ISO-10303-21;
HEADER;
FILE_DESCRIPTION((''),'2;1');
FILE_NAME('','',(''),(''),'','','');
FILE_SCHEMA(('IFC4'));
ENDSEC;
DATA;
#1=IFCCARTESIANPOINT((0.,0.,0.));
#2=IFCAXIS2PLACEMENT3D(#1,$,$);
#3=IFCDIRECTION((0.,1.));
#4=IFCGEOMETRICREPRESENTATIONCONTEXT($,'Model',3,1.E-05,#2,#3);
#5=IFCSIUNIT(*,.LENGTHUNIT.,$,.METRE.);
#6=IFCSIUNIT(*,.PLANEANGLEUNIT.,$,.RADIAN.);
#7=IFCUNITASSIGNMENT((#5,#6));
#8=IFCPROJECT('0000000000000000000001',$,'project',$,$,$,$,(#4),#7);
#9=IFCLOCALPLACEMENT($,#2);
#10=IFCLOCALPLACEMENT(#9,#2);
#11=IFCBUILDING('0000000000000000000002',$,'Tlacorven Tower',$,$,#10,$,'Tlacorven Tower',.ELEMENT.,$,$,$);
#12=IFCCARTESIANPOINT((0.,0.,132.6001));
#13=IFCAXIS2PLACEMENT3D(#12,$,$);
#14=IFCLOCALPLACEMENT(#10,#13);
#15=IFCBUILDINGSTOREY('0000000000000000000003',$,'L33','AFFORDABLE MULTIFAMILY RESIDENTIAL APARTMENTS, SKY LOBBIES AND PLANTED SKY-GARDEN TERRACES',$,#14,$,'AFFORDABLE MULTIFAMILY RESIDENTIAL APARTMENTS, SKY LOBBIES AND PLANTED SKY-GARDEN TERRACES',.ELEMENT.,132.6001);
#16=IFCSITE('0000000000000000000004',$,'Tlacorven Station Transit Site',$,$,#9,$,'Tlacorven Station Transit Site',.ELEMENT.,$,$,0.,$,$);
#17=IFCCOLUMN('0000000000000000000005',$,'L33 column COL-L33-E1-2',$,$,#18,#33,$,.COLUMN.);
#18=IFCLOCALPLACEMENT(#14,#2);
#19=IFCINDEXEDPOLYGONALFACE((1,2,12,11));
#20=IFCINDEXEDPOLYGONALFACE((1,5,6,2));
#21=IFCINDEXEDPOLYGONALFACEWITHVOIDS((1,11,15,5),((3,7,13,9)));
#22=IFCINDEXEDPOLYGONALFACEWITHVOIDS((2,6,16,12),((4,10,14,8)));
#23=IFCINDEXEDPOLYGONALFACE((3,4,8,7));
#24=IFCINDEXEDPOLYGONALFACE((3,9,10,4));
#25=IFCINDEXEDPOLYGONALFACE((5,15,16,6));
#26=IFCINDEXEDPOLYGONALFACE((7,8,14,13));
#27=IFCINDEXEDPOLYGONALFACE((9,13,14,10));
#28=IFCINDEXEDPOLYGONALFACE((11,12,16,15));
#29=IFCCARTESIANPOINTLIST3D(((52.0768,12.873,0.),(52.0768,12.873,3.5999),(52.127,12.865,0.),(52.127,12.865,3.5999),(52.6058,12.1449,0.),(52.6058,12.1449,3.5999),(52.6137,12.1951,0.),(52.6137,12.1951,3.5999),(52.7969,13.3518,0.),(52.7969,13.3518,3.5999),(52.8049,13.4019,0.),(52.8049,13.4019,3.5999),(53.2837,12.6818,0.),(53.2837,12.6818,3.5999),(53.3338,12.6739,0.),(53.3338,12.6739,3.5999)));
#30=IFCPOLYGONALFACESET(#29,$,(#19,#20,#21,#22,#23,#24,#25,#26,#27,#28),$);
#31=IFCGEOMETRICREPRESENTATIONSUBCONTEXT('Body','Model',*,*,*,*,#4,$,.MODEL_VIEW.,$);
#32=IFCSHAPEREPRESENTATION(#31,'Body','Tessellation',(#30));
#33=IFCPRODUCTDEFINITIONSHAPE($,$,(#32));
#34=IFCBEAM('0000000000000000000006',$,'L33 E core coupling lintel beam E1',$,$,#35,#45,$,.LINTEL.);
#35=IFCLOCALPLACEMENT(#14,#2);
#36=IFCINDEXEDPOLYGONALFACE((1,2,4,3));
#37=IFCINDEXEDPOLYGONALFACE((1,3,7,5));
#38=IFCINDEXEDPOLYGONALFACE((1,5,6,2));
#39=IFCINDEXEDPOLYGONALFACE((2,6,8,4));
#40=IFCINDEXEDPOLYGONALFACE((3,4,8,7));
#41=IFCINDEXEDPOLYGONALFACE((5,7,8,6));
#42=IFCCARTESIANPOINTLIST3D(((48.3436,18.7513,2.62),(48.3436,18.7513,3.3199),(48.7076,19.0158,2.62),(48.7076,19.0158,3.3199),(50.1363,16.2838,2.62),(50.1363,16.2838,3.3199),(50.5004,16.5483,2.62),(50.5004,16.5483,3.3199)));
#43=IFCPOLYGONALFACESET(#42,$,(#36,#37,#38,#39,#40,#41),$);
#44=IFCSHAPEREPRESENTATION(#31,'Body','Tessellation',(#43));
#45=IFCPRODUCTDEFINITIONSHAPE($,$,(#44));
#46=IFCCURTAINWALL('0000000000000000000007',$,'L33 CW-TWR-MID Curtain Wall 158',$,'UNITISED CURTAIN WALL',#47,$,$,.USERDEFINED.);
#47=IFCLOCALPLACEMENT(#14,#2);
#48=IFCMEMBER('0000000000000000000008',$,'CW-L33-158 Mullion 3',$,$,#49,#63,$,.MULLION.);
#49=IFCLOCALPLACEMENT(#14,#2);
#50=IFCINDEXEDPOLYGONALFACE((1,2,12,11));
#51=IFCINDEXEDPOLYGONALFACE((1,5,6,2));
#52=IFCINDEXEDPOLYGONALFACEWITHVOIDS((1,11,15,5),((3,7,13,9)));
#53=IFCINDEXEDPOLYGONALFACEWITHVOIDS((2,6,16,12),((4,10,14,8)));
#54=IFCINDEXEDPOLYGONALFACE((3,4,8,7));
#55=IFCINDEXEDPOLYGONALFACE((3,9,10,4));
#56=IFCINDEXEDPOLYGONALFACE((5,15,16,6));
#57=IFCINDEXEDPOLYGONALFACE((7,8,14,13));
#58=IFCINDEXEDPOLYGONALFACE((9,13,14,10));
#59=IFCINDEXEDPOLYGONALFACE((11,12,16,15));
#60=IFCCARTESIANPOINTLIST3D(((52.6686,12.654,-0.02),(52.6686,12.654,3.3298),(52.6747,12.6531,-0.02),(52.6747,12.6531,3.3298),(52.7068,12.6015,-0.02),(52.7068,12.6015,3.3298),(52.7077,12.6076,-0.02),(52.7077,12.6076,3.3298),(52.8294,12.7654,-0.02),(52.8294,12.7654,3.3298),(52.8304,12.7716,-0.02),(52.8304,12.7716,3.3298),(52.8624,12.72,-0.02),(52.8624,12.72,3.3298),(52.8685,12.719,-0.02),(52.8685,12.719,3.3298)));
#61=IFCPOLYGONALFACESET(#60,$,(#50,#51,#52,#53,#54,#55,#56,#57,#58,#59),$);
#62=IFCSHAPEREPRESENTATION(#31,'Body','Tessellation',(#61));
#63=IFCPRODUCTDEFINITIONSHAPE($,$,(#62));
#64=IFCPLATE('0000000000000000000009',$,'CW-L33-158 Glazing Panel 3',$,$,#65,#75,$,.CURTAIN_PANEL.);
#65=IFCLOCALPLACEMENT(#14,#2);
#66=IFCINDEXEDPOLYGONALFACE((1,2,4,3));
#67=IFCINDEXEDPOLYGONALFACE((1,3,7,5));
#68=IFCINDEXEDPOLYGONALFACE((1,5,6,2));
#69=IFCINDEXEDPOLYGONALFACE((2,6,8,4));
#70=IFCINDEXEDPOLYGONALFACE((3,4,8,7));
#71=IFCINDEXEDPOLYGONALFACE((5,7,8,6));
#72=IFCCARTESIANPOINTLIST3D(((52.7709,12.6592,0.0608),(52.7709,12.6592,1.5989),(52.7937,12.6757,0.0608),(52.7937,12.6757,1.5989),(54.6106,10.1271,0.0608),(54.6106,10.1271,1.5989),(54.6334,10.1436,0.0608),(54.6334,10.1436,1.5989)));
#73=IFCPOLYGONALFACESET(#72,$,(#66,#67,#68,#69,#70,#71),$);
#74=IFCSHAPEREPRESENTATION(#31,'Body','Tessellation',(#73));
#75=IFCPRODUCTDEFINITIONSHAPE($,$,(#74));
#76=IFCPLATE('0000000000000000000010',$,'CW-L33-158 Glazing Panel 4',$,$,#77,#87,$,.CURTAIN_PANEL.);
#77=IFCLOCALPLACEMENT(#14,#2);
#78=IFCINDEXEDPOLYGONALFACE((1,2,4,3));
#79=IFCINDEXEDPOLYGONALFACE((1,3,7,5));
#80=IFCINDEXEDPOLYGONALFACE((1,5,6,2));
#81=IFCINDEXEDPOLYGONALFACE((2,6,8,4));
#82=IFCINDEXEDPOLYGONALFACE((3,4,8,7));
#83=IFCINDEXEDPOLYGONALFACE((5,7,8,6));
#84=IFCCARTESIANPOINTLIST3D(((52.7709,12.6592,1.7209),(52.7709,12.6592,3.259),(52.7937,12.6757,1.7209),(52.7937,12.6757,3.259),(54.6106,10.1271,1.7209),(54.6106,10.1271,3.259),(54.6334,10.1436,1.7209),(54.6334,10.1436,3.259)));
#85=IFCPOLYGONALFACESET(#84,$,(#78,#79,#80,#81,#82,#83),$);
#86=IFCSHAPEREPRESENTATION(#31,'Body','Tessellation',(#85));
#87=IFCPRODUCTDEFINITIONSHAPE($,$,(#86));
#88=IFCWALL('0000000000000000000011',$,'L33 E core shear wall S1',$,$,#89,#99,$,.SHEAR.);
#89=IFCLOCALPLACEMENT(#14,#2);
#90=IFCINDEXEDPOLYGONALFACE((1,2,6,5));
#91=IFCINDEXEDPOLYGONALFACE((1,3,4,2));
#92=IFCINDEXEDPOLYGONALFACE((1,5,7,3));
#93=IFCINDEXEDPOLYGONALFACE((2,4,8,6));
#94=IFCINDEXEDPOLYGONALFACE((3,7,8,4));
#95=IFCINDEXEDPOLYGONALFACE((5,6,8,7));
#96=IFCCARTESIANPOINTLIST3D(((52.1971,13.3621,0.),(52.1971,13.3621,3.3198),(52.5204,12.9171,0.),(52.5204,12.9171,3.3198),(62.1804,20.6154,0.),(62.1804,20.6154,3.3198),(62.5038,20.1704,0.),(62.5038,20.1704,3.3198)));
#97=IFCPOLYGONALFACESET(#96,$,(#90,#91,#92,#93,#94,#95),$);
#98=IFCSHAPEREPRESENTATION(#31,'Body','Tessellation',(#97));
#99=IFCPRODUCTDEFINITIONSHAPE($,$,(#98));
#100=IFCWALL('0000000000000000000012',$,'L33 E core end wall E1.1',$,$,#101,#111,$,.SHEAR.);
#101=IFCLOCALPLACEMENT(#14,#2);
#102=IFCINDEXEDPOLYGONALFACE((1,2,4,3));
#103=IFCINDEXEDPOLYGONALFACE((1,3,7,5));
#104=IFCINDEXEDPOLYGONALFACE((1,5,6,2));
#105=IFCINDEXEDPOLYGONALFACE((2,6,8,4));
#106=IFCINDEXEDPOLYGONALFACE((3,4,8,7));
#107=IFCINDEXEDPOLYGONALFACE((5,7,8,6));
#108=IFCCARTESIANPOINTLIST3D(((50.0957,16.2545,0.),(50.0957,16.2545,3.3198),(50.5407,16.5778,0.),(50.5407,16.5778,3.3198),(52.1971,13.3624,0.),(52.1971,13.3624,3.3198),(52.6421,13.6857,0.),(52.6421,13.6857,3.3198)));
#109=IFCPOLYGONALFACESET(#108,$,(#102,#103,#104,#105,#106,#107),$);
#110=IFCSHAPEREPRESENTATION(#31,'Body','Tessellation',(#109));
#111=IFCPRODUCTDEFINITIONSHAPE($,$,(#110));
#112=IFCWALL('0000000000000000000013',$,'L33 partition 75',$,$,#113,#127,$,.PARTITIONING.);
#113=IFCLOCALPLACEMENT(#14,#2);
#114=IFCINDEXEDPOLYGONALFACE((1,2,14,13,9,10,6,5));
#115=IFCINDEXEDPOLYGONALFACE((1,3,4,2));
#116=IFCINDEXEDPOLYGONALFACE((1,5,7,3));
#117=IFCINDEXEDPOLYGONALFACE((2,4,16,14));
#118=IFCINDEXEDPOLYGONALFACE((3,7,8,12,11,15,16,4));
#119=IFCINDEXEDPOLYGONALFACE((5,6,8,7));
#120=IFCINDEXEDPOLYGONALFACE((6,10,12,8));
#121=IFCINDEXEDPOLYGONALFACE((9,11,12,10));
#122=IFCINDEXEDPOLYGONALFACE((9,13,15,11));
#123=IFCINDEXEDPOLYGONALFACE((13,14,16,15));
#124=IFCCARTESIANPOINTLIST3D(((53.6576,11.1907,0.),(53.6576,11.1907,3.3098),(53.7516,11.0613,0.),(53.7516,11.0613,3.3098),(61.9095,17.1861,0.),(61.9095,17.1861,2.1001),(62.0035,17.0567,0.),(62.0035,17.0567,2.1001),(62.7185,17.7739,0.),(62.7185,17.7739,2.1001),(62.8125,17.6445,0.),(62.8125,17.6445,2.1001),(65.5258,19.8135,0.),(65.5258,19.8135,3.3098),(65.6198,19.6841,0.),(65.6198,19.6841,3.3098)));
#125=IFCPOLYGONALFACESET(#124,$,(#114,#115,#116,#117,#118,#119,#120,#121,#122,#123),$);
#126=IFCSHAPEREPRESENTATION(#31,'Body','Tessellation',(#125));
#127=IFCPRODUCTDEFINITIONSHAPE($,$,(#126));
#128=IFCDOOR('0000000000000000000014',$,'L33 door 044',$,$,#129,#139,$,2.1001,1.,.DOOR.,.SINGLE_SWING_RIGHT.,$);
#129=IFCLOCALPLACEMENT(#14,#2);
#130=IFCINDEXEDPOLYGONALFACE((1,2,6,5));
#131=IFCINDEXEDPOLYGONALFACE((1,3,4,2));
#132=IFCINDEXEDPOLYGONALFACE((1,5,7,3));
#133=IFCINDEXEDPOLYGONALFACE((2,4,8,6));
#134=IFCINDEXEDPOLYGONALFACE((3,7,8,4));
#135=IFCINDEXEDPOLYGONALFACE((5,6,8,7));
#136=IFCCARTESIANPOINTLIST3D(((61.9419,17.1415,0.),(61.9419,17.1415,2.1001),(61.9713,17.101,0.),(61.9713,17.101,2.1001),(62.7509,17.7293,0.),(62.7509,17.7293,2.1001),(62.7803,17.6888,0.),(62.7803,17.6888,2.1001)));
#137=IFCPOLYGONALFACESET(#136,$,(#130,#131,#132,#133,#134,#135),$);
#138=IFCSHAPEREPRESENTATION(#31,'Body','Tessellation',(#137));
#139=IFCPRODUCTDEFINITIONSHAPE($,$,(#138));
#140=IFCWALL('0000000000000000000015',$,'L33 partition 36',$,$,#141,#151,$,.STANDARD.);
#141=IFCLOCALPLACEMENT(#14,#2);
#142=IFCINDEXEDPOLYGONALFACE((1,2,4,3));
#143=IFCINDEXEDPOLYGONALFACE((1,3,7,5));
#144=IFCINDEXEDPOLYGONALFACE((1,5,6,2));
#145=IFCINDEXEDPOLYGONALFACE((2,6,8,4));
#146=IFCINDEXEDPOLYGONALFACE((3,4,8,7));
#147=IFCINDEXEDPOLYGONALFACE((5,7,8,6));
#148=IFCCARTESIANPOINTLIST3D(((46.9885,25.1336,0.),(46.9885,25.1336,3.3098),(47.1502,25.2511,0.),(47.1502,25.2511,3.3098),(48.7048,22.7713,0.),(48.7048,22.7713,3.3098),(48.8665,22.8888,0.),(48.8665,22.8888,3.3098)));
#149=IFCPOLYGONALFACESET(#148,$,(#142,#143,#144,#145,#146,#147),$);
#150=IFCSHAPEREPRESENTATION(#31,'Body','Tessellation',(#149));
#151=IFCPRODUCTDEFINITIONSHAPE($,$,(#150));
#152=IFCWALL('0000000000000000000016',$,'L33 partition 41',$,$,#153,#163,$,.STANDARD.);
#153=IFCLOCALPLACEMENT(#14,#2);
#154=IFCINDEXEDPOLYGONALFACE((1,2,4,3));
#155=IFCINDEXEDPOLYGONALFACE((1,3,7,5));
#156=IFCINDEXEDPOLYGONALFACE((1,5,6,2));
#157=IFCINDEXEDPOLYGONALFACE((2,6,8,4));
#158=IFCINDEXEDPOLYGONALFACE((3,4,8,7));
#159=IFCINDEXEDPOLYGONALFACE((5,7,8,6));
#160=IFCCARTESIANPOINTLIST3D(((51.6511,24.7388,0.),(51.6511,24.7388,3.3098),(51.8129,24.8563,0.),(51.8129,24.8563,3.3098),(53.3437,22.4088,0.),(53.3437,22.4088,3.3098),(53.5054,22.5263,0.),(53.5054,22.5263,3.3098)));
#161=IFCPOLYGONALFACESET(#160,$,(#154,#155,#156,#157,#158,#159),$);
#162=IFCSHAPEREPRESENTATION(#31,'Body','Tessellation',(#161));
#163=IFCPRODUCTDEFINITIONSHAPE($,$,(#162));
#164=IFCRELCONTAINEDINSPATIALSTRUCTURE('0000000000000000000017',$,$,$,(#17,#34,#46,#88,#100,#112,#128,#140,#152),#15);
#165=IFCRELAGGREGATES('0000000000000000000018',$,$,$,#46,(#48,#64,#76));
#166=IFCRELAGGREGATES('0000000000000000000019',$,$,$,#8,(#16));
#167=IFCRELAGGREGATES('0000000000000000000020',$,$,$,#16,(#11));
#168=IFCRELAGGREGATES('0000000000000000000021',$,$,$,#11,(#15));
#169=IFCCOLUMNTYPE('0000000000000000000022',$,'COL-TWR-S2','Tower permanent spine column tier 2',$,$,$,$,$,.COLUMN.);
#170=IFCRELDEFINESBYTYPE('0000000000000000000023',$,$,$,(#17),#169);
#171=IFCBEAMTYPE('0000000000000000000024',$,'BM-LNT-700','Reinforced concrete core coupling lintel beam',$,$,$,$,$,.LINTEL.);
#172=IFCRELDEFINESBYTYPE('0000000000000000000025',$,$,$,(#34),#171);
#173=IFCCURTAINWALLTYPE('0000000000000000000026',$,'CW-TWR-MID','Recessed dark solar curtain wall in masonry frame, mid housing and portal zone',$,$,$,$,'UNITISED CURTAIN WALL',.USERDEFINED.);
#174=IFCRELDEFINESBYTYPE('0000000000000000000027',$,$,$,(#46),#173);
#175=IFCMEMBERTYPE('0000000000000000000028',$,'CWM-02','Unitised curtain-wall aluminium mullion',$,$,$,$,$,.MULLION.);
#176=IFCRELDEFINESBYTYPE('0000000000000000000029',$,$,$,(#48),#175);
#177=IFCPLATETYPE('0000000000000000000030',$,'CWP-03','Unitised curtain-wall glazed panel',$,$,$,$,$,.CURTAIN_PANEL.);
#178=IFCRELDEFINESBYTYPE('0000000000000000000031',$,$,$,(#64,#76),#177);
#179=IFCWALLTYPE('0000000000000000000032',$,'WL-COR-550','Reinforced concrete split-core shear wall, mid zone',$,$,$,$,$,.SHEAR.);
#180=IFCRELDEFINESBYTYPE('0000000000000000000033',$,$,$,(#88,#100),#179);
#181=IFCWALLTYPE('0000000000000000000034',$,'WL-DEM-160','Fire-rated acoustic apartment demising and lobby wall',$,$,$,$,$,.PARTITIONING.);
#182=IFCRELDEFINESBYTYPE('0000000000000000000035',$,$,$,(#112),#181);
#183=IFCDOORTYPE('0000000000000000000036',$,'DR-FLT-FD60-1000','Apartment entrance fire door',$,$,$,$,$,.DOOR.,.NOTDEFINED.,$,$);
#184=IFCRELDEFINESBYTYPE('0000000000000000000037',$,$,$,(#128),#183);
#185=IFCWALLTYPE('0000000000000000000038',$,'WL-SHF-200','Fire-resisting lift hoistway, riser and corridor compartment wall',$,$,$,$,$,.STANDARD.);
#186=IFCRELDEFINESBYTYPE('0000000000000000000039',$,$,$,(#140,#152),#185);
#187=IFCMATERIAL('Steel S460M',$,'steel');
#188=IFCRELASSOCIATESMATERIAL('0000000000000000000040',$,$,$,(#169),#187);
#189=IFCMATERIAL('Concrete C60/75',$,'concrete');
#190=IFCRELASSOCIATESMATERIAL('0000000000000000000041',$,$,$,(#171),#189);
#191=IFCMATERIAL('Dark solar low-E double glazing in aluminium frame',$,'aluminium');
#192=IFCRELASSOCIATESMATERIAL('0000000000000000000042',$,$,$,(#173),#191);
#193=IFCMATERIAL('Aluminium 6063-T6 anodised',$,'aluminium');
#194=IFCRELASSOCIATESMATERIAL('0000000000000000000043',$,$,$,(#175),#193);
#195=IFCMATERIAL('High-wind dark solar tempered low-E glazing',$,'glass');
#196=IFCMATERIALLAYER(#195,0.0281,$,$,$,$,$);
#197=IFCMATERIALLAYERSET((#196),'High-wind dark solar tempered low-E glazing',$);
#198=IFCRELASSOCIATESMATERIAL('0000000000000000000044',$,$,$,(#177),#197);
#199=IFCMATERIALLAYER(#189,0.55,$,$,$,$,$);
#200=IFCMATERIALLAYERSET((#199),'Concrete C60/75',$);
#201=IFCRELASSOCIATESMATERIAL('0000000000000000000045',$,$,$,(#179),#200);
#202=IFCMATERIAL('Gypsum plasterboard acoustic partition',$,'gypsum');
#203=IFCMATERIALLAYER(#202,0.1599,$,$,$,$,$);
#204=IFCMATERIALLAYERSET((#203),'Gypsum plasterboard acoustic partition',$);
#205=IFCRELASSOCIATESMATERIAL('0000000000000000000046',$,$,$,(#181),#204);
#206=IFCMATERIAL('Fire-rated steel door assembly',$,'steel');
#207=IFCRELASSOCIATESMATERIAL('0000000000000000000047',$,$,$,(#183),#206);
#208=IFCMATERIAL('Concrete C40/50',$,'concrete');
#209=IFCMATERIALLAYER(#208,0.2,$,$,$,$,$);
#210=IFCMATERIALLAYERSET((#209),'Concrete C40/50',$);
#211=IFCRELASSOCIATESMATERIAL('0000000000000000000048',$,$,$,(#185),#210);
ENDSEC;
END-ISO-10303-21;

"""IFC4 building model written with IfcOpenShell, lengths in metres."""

from ifc_helpers import new_model, si_unit, direction, frame, frame_2d, origin, origin_2d, place, context, subcontext, project, spatial, rectangle, hollow_rectangle, extrude, source, transform, mapped, material, layer, layer_set, material_profile, profile_set, type_object, element, fill, aggregate, save


model = new_model("IFC4")

# Units and contexts
model_context = context("Model", 3, precision=1e-05, world=origin(), true_north=direction((0.0, 1.0)))
body_context = subcontext(model_context, "Body", "Model", "MODEL_VIEW")
ifc_project = project(units=[si_unit("LENGTHUNIT", "METRE"), si_unit("PLANEANGLEUNIT", "RADIAN")], contexts=[model_context])

# Site, building, storey
site_placement = place(None, origin())
site = spatial("IfcSite", under=ifc_project, at=site_placement, Name="Tlacorven Station Transit Site", LongName="Tlacorven Station Transit Site", CompositionType="ELEMENT", RefElevation=0.0)
building_placement = place(site_placement, origin())
building = spatial("IfcBuilding", under=site, at=building_placement, Name="Tlacorven Tower", LongName="Tlacorven Tower", CompositionType="ELEMENT")
storey_placement = place(building_placement, frame((0.0, 0.0, 132.6001)))
storey = spatial("IfcBuildingStorey", under=building, at=storey_placement, Name="L33", Description="AFFORDABLE MULTIFAMILY RESIDENTIAL APARTMENTS, SKY LOBBIES AND PLANTED SKY-GARDEN TERRACES", LongName="AFFORDABLE MULTIFAMILY RESIDENTIAL APARTMENTS, SKY LOBBIES AND PLANTED SKY-GARDEN TERRACES", CompositionType="ELEMENT", Elevation=132.6001)

# Column
ifc_material_1 = material(Name="Steel S460M", Category="steel")
ifc_material_profile_1 = material_profile(ifc_material_1, hollow_rectangle(XDim=0.8999, YDim=0.8999, WallThickness=0.0359, at=origin_2d()), Name="BOX 900X900X36")
ifc_profile_set_1 = profile_set([ifc_material_profile_1], Name="Steel S460M")
column_type = type_object("IfcColumnType", Name="COL-TWR-S2", Description="Tower permanent spine column tier 2", PredefinedType="COLUMN", material=ifc_profile_set_1)
shared_shape_1 = source(origin(), body_context, "Body", "SweptSolid", [
    extrude(hollow_rectangle(XDim=0.8999, YDim=0.8999, WallThickness=0.0359, at=origin_2d()), origin(), (0.0, 0.0, 1.0), 3.5999),
])
column_placement = place(storey_placement, frame((52.7053, 12.7734, 0.0), z_axis=(0.0, 0.0, 1.0), x_axis=(0.809017, 0.587785, 0.0)))
element("IfcColumn", 1, at=column_placement, inside=storey, type_object=column_type, Name="L33 column COL-L33-E1-2", PredefinedType="COLUMN", context=body_context, shape_type="MappedRepresentation", body=[
    mapped(shared_shape_1, transform((0.0, 0.0, 0.0), scale=1.0)),
])

# Beam
ifc_material_2 = material(Name="Concrete C60/75", Category="concrete")
ifc_material_profile_2 = material_profile(ifc_material_2, rectangle(XDim=0.45, YDim=0.7, at=origin_2d()), Name="RC 450X700")
ifc_profile_set_2 = profile_set([ifc_material_profile_2], Name="Concrete C60/75")
beam_type = type_object("IfcBeamType", Name="BM-LNT-700", Description="Reinforced concrete core coupling lintel beam", PredefinedType="LINTEL", material=ifc_profile_set_2)
shared_shape_2 = source(origin(), body_context, "Body", "SweptSolid", [
    extrude(rectangle(XDim=0.45, YDim=0.7, at=origin_2d()), origin(), (0.0, 0.0, 1.0), 3.05),
])
beam_placement = place(storey_placement, frame((50.3184, 16.416, 2.97), z_axis=(-0.587777, 0.809023, 0.0), x_axis=(-0.809023, -0.587777, 0.0)))
element("IfcBeam", 2, at=beam_placement, inside=storey, type_object=beam_type, Name="L33 E core coupling lintel beam E1", PredefinedType="LINTEL", context=body_context, shape_type="MappedRepresentation", body=[
    mapped(shared_shape_2, transform((0.0, 0.0, 0.0), scale=1.0)),
])

# Curtain wall, member, plates
ifc_material_3 = material(Name="Dark solar low-E double glazing in aluminium frame", Category="aluminium")
curtain_wall_type = type_object("IfcCurtainWallType", Name="CW-TWR-MID", Description="Recessed dark solar curtain wall in masonry frame, mid housing and portal zone", ElementType="UNITISED CURTAIN WALL", PredefinedType="USERDEFINED", material=ifc_material_3)
curtain_wall_placement = place(storey_placement, origin())
curtain_wall = element("IfcCurtainWall", 3, at=curtain_wall_placement, inside=storey, type_object=curtain_wall_type, Name="L33 CW-TWR-MID Curtain Wall 158", ObjectType="UNITISED CURTAIN WALL", PredefinedType="USERDEFINED")
ifc_material_4 = material(Name="Aluminium 6063-T6 anodised", Category="aluminium")
ifc_material_profile_3 = material_profile(ifc_material_4, hollow_rectangle(XDim=0.0649, YDim=0.2, WallThickness=0.0044, at=origin_2d()), Name="ALU MULLION 65X200")
ifc_profile_set_3 = profile_set([ifc_material_profile_3], Name="Aluminium 6063-T6 anodised")
member_type = type_object("IfcMemberType", Name="CWM-02", Description="Unitised curtain-wall aluminium mullion", PredefinedType="MULLION", material=ifc_profile_set_3)
shared_shape_3 = source(origin(), body_context, "Body", "SweptSolid", [
    extrude(hollow_rectangle(XDim=0.0649, YDim=0.2, WallThickness=0.0044, at=origin_2d()), origin(), (0.0, 0.0, 1.0), 3.3499),
])
member_placement = place(storey_placement, frame((52.7686, 12.6865, -0.02), z_axis=(0.0, 0.0, 1.0), x_axis=(-0.587785, 0.809017, 0.0)))
member = element("IfcMember", 4, at=member_placement, type_object=member_type, Name="CW-L33-158 Mullion 3", PredefinedType="MULLION", context=body_context, shape_type="MappedRepresentation", body=[
    mapped(shared_shape_3, transform((0.0, 0.0, 0.0), scale=1.0)),
])
ifc_material_5 = material(Name="High-wind dark solar tempered low-E glazing", Category="glass")
ifc_layer_1 = layer(ifc_material_5, 0.0281)
ifc_layer_set_1 = layer_set([ifc_layer_1], Name="High-wind dark solar tempered low-E glazing")
plate_type = type_object("IfcPlateType", Name="CWP-03", Description="Unitised curtain-wall glazed panel", PredefinedType="CURTAIN_PANEL", material=ifc_layer_set_1)
shared_shape_4 = source(origin(), body_context, "Body", "SweptSolid", [
    extrude(rectangle(XDim=3.1299, YDim=0.0281, at=origin_2d()), origin(), (0.0, 0.0, 1.0), 1.5381),
])
plate_1_placement = place(storey_placement, frame((53.7021, 11.4014, 0.0608), z_axis=(0.0, 0.0, 1.0), x_axis=(-0.587785, 0.809017, 0.0)))
plate_1 = element("IfcPlate", 5, at=plate_1_placement, type_object=plate_type, Name="CW-L33-158 Glazing Panel 3", PredefinedType="CURTAIN_PANEL", context=body_context, shape_type="MappedRepresentation", body=[
    mapped(shared_shape_4, transform((0.0, 0.0, 0.0), scale=1.0)),
])
plate_2_placement = place(storey_placement, frame((53.7021, 11.4014, 1.7209), z_axis=(0.0, 0.0, 1.0), x_axis=(-0.587785, 0.809017, 0.0)))
plate_2 = element("IfcPlate", 6, at=plate_2_placement, type_object=plate_type, Name="CW-L33-158 Glazing Panel 4", PredefinedType="CURTAIN_PANEL", context=body_context, shape_type="MappedRepresentation", body=[
    mapped(shared_shape_4, transform((0.0, 0.0, 0.0), scale=1.0)),
])
aggregate(curtain_wall, [member, plate_1, plate_2])

# Walls
ifc_layer_2 = layer(ifc_material_2, 0.55)
ifc_layer_set_2 = layer_set([ifc_layer_2], Name="Concrete C60/75")
wall_type_1 = type_object("IfcWallType", Name="WL-COR-550", Description="Reinforced concrete split-core shear wall, mid zone", PredefinedType="SHEAR", material=ifc_layer_set_2)
wall_1_placement = place(storey_placement, frame((52.3589, 13.1396, 0.0), z_axis=(0.0, 0.0, 1.0), x_axis=(0.809015, 0.587788, 0.0)))
element("IfcWall", 7, at=wall_1_placement, inside=storey, type_object=wall_type_1, Name="L33 E core shear wall S1", PredefinedType="SHEAR", context=body_context, shape_type="SweptSolid", body=[
    extrude(rectangle(XDim=12.3401, YDim=0.55, at=frame_2d((6.1699, 0.0))), origin(), (0.0, 0.0, 1.0), 3.3198),
])
wall_2_placement = place(storey_placement, frame((52.4197, 13.5239, 0.0), z_axis=(0.0, 0.0, 1.0), x_axis=(-0.587802, 0.809005, 0.0)))
element("IfcWall", 8, at=wall_2_placement, inside=storey, type_object=wall_type_1, Name="L33 E core end wall E1.1", PredefinedType="SHEAR", context=body_context, shape_type="SweptSolid", body=[
    extrude(rectangle(XDim=3.575, YDim=0.55, at=frame_2d((1.7876, 0.0))), origin(), (0.0, 0.0, 1.0), 3.3198),
])

# Wall, opening, door
ifc_material_6 = material(Name="Gypsum plasterboard acoustic partition", Category="gypsum")
ifc_layer_3 = layer(ifc_material_6, 0.1599)
ifc_layer_set_3 = layer_set([ifc_layer_3], Name="Gypsum plasterboard acoustic partition")
wall_type_2 = type_object("IfcWallType", Name="WL-DEM-160", Description="Fire-rated acoustic apartment demising and lobby wall", PredefinedType="PARTITIONING", material=ifc_layer_set_3)
wall_3_placement = place(storey_placement, frame((53.7046, 11.126, 0.0), z_axis=(0.0, 0.0, 1.0), x_axis=(0.809015, 0.587789, 0.0)))
wall_3 = element("IfcWall", 9, at=wall_3_placement, inside=storey, type_object=wall_type_2, Name="L33 partition 75", PredefinedType="PARTITIONING", context=body_context, shape_type="SweptSolid", body=[
    extrude(rectangle(XDim=14.6699, YDim=0.1599, at=frame_2d((7.335, 0.0))), origin(), (0.0, 0.0, 1.0), 3.3098),
])
opening_1_placement = place(wall_3_placement, frame((10.2, 0.0, 0.0)))
opening_1 = element("IfcOpeningElement", 10, at=opening_1_placement, cuts=wall_3, PredefinedType="OPENING", context=body_context, shape_type="SweptSolid", body=[
    extrude(rectangle(XDim=1.0, YDim=2.1001, at=frame_2d((0.5, 1.05))), frame((0.0, 0.0898, 0.0), z_axis=(0.0, -1.0, 0.0), x_axis=(1.0, 0.0, 0.0)), (0.0, 0.0, 1.0), 0.1799),
])
ifc_material_7 = material(Name="Fire-rated steel door assembly", Category="steel")
door_type_1 = type_object("IfcDoorType", Name="DR-FLT-FD60-1000", Description="Apartment entrance fire door", OperationType="NOTDEFINED", PredefinedType="DOOR", material=ifc_material_7)
shared_shape_5 = source(origin(), body_context, "Body", "SweptSolid", [
    extrude(rectangle(XDim=1.0, YDim=2.1001, at=frame_2d((0.5, 1.05))), frame((0.0, 0.0249, 0.0), z_axis=(0.0, -1.0, 0.0), x_axis=(1.0, 0.0, 0.0)), (0.0, 0.0, 1.0), 0.05),
])
door_1_placement = place(opening_1_placement, origin())
door_1 = element("IfcDoor", 11, at=door_1_placement, inside=storey, type_object=door_type_1, Name="L33 door 044", OperationType="SINGLE_SWING_RIGHT", OverallHeight=2.1001, OverallWidth=1.0, PredefinedType="DOOR", context=body_context, shape_type="MappedRepresentation", body=[
    mapped(shared_shape_5, transform((0.0, 0.0, 0.0), scale=1.0)),
])
fill(opening_1, door_1)

# Walls
ifc_material_8 = material(Name="Concrete C40/50", Category="concrete")
ifc_layer_4 = layer(ifc_material_8, 0.2)
ifc_layer_set_4 = layer_set([ifc_layer_4], Name="Concrete C40/50")
wall_type_3 = type_object("IfcWallType", Name="WL-SHF-200", Description="Fire-resisting lift hoistway, riser and corridor compartment wall", PredefinedType="STANDARD", material=ifc_layer_set_4)
wall_4_placement = place(storey_placement, frame((48.7856, 22.8301, 0.0), z_axis=(0.0, 0.0, 1.0), x_axis=(-0.587784, 0.809018, 0.0)))
element("IfcWall", 12, at=wall_4_placement, inside=storey, type_object=wall_type_3, Name="L33 partition 36", PredefinedType="STANDARD", context=body_context, shape_type="SweptSolid", body=[
    extrude(rectangle(XDim=2.9199, YDim=0.2, at=frame_2d((1.46, 0.0))), origin(), (0.0, 0.0, 1.0), 3.3098),
])
wall_5_placement = place(storey_placement, frame((53.4246, 22.4675, 0.0), z_axis=(0.0, 0.0, 1.0), x_axis=(-0.587723, 0.809062, 0.0)))
element("IfcWall", 13, at=wall_5_placement, inside=storey, type_object=wall_type_3, Name="L33 partition 41", PredefinedType="STANDARD", context=body_context, shape_type="SweptSolid", body=[
    extrude(rectangle(XDim=2.8799, YDim=0.2, at=frame_2d((1.4399, 0.0))), origin(), (0.0, 0.0, 1.0), 3.3098),
])

save(model, "model.ifc")
